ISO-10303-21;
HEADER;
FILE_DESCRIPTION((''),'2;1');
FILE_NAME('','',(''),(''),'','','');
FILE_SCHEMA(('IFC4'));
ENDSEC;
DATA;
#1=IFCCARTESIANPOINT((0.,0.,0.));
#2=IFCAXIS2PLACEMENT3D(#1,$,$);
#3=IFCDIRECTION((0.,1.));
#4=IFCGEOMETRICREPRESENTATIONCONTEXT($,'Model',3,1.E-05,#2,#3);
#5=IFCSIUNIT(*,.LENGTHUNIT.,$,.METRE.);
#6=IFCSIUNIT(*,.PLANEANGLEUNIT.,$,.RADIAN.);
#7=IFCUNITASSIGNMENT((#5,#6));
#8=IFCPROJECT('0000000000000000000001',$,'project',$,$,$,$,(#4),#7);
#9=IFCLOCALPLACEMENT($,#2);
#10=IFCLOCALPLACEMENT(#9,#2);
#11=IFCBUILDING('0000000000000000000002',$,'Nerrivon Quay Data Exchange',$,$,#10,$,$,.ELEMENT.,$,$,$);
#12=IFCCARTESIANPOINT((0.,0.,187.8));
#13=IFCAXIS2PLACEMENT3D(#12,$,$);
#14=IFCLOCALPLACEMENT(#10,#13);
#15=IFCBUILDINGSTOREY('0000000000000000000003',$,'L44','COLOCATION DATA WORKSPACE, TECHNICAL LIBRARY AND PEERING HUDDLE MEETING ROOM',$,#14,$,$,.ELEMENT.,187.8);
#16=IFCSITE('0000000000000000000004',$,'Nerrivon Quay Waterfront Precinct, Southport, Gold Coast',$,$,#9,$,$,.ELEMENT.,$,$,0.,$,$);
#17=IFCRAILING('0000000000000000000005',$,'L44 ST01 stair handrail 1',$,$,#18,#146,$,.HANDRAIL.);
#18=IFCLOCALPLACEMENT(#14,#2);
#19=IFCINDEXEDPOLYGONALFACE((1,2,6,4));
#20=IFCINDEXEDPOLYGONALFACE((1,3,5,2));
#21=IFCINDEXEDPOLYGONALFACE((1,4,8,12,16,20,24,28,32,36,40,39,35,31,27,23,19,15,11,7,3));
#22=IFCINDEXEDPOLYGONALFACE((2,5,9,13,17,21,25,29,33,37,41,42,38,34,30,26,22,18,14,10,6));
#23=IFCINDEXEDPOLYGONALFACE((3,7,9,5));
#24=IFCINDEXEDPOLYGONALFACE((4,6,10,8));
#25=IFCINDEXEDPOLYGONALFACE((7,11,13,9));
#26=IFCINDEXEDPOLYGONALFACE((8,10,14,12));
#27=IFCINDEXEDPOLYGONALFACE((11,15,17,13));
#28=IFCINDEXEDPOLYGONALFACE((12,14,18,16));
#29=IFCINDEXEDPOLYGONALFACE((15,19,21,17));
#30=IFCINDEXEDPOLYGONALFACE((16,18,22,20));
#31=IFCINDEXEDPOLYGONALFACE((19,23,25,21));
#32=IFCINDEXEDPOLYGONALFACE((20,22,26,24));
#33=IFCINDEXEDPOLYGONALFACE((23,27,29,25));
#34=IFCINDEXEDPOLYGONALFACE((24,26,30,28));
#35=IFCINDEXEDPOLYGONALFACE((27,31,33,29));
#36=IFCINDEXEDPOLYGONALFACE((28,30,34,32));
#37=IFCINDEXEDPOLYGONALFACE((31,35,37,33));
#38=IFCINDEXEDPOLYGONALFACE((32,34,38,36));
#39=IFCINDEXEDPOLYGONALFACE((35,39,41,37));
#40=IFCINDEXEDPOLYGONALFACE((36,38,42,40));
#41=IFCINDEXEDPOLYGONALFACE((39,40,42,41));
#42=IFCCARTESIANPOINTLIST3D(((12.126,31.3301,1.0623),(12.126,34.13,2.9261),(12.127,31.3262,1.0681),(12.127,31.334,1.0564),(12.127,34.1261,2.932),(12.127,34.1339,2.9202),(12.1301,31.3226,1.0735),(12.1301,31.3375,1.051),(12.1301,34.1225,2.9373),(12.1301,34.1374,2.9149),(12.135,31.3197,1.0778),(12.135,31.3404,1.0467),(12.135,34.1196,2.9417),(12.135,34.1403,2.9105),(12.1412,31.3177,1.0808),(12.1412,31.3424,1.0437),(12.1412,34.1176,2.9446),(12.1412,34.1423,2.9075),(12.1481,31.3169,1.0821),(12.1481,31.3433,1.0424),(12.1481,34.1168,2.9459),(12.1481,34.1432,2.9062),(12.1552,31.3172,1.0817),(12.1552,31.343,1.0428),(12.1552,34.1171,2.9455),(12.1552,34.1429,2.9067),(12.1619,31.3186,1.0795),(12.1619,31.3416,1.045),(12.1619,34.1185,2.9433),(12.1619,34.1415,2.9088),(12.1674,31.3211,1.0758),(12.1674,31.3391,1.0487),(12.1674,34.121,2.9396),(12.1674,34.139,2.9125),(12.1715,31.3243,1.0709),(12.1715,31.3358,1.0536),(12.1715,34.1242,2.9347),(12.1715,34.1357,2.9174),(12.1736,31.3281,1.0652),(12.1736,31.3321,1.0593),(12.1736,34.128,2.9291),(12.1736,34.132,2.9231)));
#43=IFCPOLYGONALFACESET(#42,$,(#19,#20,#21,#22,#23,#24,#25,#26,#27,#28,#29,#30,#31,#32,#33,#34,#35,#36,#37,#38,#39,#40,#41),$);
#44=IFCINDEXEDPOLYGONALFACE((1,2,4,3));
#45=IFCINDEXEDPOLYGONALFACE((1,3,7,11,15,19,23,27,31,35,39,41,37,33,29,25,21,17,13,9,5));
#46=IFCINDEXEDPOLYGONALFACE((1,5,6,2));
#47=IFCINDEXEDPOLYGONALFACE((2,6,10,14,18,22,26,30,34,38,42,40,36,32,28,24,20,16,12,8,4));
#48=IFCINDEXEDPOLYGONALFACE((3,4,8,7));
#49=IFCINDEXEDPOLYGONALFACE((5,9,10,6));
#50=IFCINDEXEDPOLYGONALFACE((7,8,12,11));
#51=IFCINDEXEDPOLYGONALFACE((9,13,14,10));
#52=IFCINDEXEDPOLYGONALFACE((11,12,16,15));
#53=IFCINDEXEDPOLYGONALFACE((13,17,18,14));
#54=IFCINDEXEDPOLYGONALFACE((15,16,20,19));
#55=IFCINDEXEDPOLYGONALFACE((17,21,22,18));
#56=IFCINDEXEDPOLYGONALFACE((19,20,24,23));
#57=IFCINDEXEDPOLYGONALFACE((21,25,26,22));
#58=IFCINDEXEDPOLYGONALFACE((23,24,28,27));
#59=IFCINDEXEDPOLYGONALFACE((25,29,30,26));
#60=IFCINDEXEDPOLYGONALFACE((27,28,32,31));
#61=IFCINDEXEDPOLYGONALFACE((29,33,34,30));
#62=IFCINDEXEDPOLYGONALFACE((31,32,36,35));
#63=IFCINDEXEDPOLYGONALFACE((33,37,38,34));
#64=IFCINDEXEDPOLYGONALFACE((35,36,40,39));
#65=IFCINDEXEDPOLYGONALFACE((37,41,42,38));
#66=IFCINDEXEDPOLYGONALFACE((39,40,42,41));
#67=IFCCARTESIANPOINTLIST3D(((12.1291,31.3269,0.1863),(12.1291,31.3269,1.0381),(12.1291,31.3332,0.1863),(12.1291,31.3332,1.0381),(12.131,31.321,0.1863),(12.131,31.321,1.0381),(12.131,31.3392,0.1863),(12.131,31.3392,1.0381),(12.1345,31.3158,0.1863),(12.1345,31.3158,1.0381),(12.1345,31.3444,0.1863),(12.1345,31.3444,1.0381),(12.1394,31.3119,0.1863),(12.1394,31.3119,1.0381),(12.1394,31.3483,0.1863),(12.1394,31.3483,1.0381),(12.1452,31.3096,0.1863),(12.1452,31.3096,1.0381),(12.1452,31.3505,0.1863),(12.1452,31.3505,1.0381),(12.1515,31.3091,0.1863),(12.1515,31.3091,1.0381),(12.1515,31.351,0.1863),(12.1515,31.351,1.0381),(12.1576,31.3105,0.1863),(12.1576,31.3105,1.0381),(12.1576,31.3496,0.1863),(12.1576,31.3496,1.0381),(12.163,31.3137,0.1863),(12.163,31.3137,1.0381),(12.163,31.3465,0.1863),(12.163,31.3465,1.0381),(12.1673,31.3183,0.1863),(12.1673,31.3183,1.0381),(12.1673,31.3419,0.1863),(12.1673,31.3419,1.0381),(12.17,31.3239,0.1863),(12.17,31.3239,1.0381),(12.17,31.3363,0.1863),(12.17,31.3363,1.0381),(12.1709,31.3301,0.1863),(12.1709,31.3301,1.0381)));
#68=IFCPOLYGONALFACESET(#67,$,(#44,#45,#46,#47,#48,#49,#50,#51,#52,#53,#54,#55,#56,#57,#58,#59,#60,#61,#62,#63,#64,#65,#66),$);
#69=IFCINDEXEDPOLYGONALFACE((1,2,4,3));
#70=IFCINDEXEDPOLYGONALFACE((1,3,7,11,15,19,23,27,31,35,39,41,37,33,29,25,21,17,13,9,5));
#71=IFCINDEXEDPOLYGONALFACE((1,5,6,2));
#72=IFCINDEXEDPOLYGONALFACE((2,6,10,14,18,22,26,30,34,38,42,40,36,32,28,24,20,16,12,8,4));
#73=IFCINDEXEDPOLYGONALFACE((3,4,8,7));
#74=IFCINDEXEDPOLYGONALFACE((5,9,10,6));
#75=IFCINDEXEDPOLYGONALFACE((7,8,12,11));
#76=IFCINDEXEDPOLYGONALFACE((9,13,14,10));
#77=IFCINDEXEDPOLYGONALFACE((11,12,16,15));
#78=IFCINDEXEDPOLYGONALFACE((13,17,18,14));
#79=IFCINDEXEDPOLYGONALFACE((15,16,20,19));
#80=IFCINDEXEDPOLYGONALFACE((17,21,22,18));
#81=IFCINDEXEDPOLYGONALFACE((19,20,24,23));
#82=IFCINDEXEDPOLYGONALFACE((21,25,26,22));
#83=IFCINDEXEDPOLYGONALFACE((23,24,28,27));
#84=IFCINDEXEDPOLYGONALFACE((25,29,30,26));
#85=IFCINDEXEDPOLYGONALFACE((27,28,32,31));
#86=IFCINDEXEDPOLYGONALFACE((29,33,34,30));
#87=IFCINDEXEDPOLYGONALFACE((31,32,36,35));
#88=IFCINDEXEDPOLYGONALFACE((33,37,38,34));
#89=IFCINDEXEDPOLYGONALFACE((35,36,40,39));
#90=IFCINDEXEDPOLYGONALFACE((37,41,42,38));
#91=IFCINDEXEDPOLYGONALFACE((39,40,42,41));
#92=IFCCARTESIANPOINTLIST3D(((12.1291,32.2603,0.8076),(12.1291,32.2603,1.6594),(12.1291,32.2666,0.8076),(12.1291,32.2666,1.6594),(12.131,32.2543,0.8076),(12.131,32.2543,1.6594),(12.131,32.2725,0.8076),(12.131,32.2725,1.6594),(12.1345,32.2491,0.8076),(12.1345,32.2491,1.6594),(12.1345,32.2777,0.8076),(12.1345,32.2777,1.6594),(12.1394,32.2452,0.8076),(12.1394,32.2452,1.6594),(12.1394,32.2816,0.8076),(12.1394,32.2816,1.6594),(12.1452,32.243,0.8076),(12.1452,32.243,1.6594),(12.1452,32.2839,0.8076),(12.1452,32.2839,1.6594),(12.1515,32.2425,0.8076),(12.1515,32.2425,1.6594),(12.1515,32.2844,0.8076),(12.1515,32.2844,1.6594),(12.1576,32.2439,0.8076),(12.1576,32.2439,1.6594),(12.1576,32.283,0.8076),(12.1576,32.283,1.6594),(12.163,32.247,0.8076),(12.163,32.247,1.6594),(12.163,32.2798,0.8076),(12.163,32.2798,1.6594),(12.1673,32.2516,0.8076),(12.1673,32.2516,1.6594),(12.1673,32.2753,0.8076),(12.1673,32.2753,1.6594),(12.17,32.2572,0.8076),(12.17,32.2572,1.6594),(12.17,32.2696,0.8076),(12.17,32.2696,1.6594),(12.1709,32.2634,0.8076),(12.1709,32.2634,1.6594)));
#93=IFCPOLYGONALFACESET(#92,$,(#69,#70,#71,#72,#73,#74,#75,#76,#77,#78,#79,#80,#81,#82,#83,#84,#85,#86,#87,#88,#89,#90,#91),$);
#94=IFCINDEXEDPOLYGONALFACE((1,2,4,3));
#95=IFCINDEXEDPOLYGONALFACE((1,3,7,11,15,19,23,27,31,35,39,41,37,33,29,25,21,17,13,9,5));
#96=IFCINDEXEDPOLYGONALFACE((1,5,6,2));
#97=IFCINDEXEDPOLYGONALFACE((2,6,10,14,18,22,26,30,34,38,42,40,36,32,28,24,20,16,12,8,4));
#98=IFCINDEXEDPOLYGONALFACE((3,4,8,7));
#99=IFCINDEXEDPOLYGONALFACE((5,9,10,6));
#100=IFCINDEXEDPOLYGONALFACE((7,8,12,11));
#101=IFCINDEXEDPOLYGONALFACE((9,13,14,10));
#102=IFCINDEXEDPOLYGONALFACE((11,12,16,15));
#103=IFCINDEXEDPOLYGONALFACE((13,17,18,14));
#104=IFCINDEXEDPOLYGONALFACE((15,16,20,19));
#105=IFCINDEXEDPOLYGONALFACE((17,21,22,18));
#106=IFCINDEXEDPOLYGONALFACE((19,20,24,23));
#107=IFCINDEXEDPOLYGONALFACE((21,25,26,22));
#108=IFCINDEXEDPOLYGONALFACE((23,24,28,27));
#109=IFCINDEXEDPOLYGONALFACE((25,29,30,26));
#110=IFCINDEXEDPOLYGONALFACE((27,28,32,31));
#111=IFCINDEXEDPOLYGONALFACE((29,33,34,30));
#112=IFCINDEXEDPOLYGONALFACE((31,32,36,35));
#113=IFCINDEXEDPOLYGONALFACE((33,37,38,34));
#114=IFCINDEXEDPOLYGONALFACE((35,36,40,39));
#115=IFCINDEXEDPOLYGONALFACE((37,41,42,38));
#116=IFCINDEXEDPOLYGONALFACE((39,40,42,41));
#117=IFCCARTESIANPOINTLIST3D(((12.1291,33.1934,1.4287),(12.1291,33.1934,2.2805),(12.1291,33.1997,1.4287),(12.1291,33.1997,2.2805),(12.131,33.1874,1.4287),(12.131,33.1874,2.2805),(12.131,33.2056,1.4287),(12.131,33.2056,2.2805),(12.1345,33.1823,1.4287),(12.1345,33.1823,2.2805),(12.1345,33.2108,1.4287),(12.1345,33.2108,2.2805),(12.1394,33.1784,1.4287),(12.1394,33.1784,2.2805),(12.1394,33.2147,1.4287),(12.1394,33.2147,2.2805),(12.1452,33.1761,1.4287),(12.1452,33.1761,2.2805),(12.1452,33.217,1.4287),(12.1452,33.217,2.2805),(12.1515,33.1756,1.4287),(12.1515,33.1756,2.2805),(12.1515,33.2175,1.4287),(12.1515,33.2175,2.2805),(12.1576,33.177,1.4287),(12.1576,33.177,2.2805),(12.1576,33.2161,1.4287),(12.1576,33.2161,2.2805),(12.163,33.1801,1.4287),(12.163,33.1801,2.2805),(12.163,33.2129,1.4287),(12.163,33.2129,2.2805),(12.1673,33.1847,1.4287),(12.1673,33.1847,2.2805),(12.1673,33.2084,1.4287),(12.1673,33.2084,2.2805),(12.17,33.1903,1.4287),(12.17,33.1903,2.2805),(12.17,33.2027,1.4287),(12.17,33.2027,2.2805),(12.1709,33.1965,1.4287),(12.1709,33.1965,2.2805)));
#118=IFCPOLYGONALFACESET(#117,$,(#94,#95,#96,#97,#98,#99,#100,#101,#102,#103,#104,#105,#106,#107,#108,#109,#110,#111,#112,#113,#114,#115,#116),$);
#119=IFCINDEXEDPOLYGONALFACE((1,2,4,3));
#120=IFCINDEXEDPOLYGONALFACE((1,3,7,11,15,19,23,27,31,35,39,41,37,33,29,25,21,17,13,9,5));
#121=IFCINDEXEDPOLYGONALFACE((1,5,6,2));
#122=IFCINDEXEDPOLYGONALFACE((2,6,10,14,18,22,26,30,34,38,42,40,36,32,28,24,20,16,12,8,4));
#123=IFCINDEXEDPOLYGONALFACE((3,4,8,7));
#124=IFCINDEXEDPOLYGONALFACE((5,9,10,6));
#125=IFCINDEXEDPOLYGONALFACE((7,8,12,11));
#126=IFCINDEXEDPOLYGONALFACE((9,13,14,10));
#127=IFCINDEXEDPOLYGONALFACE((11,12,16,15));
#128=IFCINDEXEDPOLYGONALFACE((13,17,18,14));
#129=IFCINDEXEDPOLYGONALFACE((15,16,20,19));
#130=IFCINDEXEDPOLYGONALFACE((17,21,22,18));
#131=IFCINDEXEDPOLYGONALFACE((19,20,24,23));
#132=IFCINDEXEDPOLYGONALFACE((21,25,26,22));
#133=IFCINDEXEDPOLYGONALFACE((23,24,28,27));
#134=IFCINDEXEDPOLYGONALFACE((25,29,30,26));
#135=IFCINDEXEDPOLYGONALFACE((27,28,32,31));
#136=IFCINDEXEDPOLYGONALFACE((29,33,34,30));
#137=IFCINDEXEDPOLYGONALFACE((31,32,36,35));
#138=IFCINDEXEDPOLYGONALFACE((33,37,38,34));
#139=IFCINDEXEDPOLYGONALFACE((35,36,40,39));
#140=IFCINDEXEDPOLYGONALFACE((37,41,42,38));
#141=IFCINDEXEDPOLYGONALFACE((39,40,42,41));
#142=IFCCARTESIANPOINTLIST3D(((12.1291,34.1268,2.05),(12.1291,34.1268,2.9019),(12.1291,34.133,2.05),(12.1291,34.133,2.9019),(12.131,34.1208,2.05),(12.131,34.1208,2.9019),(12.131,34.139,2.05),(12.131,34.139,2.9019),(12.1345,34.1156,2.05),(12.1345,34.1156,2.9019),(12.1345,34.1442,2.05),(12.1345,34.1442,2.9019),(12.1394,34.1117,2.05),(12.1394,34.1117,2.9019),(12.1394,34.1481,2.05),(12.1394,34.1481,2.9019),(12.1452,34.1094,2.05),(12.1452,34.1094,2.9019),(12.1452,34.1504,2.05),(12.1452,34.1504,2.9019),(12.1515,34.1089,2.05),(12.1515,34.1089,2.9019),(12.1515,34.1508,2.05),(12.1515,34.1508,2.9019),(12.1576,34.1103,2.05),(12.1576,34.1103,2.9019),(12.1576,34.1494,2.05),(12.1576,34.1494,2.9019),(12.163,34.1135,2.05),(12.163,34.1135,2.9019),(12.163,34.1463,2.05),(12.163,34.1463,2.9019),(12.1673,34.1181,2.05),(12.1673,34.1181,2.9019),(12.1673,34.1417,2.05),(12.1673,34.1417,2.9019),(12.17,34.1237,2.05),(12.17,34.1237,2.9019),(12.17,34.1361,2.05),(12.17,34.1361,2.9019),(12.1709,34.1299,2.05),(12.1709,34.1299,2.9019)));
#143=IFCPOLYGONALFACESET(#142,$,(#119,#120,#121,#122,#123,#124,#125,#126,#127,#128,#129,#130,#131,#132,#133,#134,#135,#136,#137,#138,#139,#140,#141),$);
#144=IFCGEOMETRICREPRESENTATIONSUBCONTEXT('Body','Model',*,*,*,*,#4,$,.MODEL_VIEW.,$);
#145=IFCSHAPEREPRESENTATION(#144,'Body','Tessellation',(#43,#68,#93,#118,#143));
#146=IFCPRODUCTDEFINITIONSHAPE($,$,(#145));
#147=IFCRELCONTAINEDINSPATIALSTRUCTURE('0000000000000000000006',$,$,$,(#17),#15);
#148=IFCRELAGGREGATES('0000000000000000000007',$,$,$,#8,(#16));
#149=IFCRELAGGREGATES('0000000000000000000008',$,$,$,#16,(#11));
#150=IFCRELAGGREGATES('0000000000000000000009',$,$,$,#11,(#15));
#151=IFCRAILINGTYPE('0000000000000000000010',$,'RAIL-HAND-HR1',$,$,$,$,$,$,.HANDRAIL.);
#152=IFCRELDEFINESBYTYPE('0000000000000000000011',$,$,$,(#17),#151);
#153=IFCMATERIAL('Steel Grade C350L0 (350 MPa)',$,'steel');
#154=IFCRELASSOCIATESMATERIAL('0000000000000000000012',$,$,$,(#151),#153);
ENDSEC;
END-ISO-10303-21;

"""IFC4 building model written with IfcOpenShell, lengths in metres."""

from ifc_helpers import new_model, si_unit, direction, frame, origin, origin_2d, place, context, subcontext, project, spatial, circle, extrude, material, type_object, element, save


model = new_model("IFC4")

# Units and contexts
model_context = context("Model", 3, precision=1e-05, world=origin(), true_north=direction((0.0, 1.0)))
body_context = subcontext(model_context, "Body", "Model", "MODEL_VIEW")
ifc_project = project(units=[si_unit("LENGTHUNIT", "METRE"), si_unit("PLANEANGLEUNIT", "RADIAN")], contexts=[model_context])

# Site, building, storey
site_placement = place(None, origin())
site = spatial("IfcSite", under=ifc_project, at=site_placement, Name="Nerrivon Quay Waterfront Precinct, Southport, Gold Coast", CompositionType="ELEMENT", RefElevation=0.0)
building_placement = place(site_placement, origin())
building = spatial("IfcBuilding", under=site, at=building_placement, Name="Nerrivon Quay Data Exchange", CompositionType="ELEMENT")
storey_placement = place(building_placement, frame((0.0, 0.0, 187.8)))
storey = spatial("IfcBuildingStorey", under=building, at=storey_placement, Name="L44", Description="COLOCATION DATA WORKSPACE, TECHNICAL LIBRARY AND PEERING HUDDLE MEETING ROOM", CompositionType="ELEMENT", Elevation=187.8)

# Railing
ifc_material_1 = material(Name="Steel Grade C350L0 (350 MPa)", Category="steel")
railing_type_1 = type_object("IfcRailingType", Name="RAIL-HAND-HR1", PredefinedType="HANDRAIL", material=ifc_material_1)
railing_1_placement = place(storey_placement, frame((12.1499, 31.3301, 0.1863)))
element("IfcRailing", 1, at=railing_1_placement, inside=storey, type_object=railing_type_1, Name="L44 ST01 stair handrail 1", PredefinedType="HANDRAIL", context=body_context, shape_type="SweptSolid", body=[
    extrude(circle(Radius=0.0239, at=origin_2d()), frame((0.0, 0.0, 0.876), z_axis=(0.0, 0.83243, 0.554131), x_axis=(-1.0, 0.0, 0.0)), (0.0, 0.0, 1.0), 3.3635),
    extrude(circle(Radius=0.021, at=origin_2d()), origin(), (0.0, 0.0, 1.0), 0.8518),
    extrude(circle(Radius=0.021, at=origin_2d()), frame((0.0, 0.9333, 0.6213)), (0.0, 0.0, 1.0), 0.8518),
    extrude(circle(Radius=0.021, at=origin_2d()), frame((0.0, 1.8665, 1.2424)), (0.0, 0.0, 1.0), 0.8518),
    extrude(circle(Radius=0.021, at=origin_2d()), frame((0.0, 2.7998, 1.8638)), (0.0, 0.0, 1.0), 0.8518),
])

save(model, "model.ifc")
